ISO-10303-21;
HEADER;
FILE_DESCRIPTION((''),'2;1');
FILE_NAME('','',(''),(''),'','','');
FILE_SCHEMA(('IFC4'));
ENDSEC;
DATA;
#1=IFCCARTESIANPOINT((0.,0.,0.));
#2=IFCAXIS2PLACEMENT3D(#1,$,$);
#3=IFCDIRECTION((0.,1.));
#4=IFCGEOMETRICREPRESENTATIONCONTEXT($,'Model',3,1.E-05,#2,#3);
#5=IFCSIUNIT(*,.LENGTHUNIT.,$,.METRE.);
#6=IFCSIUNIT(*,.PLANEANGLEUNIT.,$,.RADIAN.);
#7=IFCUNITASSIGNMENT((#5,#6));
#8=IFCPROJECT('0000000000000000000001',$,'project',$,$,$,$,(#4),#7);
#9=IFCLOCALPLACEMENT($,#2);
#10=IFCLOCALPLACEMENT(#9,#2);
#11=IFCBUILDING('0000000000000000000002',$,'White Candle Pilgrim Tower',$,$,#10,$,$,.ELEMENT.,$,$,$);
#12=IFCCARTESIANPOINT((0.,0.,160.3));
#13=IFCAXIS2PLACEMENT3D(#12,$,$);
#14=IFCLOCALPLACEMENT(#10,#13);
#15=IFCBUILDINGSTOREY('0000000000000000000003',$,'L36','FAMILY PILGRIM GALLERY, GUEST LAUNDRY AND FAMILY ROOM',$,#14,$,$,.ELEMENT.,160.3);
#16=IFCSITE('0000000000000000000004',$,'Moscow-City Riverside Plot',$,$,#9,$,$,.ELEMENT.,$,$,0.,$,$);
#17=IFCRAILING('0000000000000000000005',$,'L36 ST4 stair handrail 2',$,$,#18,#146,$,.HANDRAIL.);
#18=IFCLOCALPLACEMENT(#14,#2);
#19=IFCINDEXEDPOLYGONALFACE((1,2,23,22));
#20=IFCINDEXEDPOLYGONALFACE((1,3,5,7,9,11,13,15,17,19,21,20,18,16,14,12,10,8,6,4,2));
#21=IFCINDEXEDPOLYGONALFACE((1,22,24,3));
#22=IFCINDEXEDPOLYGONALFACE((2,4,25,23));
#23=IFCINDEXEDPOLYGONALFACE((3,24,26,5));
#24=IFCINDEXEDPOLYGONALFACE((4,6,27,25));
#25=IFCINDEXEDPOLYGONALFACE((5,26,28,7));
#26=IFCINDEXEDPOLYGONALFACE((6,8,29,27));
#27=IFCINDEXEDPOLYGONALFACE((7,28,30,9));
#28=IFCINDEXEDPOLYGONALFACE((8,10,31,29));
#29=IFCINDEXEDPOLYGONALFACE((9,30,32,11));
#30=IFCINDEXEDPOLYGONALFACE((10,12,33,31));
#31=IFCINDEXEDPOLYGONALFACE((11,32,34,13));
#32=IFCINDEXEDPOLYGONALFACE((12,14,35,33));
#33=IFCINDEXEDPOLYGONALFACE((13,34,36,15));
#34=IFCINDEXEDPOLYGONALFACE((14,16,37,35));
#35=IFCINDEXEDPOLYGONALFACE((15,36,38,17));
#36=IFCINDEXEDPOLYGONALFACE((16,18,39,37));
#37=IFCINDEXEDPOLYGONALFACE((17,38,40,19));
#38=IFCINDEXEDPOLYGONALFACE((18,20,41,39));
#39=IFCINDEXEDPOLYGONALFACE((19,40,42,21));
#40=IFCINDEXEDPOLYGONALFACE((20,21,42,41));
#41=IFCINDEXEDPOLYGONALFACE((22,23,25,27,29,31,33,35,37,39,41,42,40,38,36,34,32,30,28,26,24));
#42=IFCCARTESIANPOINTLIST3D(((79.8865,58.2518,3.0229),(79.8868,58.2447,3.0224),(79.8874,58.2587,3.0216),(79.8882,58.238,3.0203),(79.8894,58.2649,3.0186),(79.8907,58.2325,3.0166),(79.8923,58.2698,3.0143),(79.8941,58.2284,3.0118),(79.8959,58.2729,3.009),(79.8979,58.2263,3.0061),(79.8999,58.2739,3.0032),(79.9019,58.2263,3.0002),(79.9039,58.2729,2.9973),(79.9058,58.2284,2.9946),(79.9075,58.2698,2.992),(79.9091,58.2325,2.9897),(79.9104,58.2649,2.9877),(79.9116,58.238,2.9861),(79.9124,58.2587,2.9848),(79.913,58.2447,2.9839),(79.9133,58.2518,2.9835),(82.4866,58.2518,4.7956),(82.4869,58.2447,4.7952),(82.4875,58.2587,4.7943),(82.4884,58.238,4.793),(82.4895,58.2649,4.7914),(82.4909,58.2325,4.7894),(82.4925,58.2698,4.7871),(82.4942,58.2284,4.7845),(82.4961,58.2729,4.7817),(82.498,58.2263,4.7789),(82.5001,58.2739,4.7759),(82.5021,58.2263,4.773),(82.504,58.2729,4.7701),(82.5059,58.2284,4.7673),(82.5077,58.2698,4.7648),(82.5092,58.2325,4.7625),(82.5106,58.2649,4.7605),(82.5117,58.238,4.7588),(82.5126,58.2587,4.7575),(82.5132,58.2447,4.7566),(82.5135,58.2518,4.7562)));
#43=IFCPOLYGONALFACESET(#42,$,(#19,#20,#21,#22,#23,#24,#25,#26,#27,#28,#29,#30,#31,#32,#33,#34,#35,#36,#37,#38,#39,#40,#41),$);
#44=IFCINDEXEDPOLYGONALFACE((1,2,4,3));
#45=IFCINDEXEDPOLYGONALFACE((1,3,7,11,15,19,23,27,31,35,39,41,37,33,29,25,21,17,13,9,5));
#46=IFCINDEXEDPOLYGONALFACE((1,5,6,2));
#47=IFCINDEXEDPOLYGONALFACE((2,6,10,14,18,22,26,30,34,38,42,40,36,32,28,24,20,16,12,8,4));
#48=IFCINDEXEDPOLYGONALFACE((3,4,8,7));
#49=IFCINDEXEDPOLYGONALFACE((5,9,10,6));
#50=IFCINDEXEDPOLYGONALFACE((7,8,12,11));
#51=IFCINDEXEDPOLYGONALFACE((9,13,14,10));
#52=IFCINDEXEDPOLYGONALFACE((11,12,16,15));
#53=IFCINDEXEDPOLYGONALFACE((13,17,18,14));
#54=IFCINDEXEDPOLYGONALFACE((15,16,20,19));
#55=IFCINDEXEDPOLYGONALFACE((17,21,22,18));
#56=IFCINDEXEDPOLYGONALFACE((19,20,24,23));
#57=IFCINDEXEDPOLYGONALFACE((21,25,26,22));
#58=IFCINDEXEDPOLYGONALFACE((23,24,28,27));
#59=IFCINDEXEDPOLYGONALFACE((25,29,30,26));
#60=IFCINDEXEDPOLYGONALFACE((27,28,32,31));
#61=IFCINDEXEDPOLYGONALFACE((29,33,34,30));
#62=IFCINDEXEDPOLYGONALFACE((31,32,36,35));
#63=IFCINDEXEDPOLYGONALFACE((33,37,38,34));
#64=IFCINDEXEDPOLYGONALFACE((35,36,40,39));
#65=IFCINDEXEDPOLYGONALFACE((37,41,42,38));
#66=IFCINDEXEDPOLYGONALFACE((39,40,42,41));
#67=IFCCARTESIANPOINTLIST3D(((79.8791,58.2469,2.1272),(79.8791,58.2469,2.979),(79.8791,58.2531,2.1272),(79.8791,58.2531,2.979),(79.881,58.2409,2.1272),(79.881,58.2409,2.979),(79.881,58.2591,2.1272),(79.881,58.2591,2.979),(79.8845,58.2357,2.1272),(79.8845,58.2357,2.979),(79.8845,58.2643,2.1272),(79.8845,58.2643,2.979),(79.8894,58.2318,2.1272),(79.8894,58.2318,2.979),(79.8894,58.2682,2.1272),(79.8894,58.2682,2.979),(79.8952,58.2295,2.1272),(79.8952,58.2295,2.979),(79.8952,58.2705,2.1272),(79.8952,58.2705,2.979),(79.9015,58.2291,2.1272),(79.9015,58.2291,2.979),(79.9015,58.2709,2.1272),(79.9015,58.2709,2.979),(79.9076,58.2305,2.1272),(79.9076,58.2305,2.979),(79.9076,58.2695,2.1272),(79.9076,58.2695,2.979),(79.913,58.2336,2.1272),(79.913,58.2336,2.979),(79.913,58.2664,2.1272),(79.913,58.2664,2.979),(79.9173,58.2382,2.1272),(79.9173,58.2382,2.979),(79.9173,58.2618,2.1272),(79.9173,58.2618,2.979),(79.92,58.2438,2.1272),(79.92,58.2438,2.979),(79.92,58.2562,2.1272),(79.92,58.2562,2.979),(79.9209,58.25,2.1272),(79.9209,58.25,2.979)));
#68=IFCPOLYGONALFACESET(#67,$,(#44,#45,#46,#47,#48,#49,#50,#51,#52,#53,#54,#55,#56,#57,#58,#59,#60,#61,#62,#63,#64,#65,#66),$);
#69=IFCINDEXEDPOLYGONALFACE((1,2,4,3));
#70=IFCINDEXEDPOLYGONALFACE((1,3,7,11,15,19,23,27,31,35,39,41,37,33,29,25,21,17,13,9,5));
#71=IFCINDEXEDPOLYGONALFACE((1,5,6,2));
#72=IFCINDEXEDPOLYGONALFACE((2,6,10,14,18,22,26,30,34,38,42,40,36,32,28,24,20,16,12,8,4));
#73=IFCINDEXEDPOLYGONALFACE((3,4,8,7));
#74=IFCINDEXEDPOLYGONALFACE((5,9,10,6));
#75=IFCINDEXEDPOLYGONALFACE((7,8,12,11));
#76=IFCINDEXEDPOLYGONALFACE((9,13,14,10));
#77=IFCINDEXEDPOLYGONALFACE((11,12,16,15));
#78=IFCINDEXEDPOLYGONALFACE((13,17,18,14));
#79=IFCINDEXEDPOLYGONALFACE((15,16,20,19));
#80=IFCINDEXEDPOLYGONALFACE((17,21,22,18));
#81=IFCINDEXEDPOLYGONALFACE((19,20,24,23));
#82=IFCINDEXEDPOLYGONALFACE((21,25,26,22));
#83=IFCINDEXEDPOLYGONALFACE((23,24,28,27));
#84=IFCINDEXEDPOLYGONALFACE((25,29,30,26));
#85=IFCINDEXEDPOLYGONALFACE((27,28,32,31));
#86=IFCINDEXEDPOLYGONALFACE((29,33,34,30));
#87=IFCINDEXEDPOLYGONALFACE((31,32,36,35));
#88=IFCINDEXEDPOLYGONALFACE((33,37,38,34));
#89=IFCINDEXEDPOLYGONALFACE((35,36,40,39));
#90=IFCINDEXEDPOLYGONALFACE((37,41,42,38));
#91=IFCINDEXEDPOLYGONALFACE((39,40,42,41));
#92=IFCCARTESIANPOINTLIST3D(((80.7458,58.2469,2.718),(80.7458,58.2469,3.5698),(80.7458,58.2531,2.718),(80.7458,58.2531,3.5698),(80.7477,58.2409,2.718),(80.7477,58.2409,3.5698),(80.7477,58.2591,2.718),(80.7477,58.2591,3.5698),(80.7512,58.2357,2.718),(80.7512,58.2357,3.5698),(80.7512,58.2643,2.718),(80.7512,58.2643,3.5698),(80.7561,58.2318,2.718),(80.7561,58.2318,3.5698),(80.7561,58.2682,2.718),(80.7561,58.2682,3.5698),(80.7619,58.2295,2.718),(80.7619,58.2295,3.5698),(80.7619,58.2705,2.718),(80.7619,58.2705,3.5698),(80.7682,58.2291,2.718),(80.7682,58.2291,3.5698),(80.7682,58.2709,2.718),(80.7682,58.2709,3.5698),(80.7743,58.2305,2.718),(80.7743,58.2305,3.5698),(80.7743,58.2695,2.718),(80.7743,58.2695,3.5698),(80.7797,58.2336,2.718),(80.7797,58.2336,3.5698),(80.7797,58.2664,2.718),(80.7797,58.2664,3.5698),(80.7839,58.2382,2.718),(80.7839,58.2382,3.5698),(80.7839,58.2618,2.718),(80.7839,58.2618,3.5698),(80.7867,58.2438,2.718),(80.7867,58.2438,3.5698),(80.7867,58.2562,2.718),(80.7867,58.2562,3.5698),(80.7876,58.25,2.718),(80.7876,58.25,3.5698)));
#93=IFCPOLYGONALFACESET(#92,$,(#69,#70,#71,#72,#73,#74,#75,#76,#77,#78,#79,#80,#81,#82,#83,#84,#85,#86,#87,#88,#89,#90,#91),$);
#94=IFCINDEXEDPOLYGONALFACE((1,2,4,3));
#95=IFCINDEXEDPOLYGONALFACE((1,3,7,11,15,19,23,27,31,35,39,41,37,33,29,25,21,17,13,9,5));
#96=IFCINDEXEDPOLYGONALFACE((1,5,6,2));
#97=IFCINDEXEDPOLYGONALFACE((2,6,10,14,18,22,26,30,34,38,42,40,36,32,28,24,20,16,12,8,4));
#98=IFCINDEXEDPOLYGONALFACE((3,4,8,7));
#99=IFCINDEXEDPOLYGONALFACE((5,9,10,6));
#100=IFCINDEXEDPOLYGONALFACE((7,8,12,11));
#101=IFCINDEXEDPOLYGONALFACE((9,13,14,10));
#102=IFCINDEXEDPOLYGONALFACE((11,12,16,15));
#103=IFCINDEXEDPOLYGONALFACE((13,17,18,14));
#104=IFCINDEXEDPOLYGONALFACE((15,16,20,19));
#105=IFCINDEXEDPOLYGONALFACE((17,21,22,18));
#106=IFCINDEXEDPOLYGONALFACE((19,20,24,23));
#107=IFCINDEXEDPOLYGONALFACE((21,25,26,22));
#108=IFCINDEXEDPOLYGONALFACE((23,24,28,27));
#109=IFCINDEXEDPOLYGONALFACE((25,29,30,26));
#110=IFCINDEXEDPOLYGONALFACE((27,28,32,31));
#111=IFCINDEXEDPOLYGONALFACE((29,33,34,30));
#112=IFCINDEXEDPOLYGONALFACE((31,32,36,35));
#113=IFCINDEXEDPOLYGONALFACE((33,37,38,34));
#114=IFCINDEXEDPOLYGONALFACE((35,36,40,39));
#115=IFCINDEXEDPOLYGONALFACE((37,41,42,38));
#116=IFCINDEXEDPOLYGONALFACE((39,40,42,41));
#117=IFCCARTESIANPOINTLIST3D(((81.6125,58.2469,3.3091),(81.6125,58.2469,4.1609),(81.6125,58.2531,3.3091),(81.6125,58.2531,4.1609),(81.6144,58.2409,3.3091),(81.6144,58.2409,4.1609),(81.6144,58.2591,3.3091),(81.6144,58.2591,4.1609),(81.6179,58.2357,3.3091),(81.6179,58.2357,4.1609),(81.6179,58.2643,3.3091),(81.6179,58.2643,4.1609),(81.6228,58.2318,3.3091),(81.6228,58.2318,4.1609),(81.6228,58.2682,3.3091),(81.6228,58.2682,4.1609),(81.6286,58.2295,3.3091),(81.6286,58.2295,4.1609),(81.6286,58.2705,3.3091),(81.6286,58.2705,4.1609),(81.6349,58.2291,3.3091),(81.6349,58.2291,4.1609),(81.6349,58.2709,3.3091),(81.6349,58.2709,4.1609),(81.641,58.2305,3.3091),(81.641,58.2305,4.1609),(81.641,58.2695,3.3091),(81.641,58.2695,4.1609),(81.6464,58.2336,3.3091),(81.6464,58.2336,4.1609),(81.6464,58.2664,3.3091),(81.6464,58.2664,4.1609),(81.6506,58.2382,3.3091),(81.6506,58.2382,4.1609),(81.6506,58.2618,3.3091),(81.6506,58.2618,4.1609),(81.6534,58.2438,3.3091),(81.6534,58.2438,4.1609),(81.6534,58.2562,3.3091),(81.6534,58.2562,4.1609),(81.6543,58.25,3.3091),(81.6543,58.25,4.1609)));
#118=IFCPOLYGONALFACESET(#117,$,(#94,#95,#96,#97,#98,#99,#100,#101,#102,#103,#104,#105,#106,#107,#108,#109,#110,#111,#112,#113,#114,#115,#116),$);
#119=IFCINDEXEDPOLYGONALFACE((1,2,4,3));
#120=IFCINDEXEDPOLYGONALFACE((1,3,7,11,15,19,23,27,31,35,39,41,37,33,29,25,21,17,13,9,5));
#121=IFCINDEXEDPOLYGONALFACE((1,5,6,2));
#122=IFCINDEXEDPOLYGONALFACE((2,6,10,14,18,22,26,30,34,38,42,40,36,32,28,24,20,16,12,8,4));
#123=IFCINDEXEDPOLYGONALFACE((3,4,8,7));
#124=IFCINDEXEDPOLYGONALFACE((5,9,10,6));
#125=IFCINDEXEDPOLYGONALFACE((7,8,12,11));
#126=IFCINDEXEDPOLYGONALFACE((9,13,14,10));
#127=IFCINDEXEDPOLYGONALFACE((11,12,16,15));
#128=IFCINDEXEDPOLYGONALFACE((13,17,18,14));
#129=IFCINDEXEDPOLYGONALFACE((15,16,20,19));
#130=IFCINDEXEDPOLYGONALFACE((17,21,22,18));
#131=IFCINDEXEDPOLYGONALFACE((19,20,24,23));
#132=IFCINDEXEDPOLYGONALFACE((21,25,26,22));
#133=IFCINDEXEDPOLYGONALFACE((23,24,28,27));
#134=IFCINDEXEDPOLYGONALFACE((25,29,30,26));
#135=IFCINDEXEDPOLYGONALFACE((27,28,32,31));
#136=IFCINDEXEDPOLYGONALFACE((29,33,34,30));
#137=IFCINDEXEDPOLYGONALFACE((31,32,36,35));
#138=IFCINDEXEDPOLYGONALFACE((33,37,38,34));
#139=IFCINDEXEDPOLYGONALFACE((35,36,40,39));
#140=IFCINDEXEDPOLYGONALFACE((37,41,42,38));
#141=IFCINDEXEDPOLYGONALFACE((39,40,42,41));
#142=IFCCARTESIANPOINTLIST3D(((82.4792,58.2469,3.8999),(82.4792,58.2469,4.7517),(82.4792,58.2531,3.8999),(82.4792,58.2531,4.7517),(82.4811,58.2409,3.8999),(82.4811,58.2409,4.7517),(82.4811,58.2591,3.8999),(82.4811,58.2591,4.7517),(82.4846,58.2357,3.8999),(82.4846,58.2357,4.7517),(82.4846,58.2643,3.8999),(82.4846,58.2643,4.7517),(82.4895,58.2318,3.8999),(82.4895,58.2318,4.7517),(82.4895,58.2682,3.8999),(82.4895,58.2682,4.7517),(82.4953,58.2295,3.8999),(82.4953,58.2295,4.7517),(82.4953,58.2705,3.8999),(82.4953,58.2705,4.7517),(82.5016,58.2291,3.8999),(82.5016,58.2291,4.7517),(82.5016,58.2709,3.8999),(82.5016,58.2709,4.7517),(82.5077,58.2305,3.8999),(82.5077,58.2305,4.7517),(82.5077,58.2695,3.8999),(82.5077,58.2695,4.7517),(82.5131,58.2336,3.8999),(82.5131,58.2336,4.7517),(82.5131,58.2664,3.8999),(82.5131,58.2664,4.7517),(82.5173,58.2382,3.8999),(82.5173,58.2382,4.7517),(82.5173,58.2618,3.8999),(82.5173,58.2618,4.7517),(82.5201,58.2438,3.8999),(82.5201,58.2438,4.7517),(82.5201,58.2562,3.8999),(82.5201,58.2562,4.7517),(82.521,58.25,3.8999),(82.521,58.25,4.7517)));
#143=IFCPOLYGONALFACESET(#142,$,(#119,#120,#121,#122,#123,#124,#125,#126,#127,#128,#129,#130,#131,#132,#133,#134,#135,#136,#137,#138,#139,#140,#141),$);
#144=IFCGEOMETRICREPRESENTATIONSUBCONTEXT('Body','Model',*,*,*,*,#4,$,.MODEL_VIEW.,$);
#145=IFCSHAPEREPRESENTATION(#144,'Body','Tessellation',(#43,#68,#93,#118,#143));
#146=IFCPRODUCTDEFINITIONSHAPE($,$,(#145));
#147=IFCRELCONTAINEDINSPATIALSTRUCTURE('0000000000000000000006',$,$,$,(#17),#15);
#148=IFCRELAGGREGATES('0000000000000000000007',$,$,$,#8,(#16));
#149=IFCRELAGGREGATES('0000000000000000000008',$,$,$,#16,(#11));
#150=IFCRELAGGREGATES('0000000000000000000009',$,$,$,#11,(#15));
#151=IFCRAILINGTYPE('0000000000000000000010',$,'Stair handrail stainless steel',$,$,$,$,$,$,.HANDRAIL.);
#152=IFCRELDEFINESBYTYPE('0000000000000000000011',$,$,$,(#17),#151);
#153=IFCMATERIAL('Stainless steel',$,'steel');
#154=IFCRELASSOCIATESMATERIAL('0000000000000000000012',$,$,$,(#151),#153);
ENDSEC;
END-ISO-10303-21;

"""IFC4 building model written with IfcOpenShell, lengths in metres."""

from ifc_helpers import new_model, si_unit, direction, frame, origin, origin_2d, place, context, subcontext, project, spatial, circle, extrude, material, type_object, element, save


model = new_model("IFC4")

# Units and contexts
model_context = context("Model", 3, precision=1e-05, world=origin(), true_north=direction((0.0, 1.0)))
body_context = subcontext(model_context, "Body", "Model", "MODEL_VIEW")
ifc_project = project(units=[si_unit("LENGTHUNIT", "METRE"), si_unit("PLANEANGLEUNIT", "RADIAN")], contexts=[model_context])

# Site, building, storey
site_placement = place(None, origin())
site = spatial("IfcSite", under=ifc_project, at=site_placement, Name="Moscow-City Riverside Plot", CompositionType="ELEMENT", RefElevation=0.0)
building_placement = place(site_placement, origin())
building = spatial("IfcBuilding", under=site, at=building_placement, Name="White Candle Pilgrim Tower", CompositionType="ELEMENT")
storey_placement = place(building_placement, frame((0.0, 0.0, 160.3)))
storey = spatial("IfcBuildingStorey", under=building, at=storey_placement, Name="L36", Description="FAMILY PILGRIM GALLERY, GUEST LAUNDRY AND FAMILY ROOM", CompositionType="ELEMENT", Elevation=160.3)

# Railing
ifc_material_1 = material(Name="Stainless steel", Category="steel")
railing_type_1 = type_object("IfcRailingType", Name="Stair handrail stainless steel", PredefinedType="HANDRAIL", material=ifc_material_1)
railing_1_placement = place(storey_placement, frame((79.8999, 58.25, 2.1272)))
element("IfcRailing", 1, at=railing_1_placement, inside=storey, type_object=railing_type_1, Name="L36 ST4 stair handrail 2", PredefinedType="HANDRAIL", context=body_context, shape_type="SweptSolid", body=[
    extrude(circle(Radius=0.0239, at=origin_2d()), frame((0.0, 0.0, 0.876), z_axis=(0.82624, 0.0, 0.563318), x_axis=(0.0, 1.0, 0.0)), (0.0, 0.0, 1.0), 3.147),
    extrude(circle(Radius=0.021, at=origin_2d()), origin(), (0.0, 0.0, 1.0), 0.8518),
    extrude(circle(Radius=0.021, at=origin_2d()), frame((0.8667, 0.0, 0.5908)), (0.0, 0.0, 1.0), 0.8518),
    extrude(circle(Radius=0.021, at=origin_2d()), frame((1.7334, 0.0, 1.1819)), (0.0, 0.0, 1.0), 0.8518),
    extrude(circle(Radius=0.021, at=origin_2d()), frame((2.6001, 0.0, 1.7727)), (0.0, 0.0, 1.0), 0.8518),
])

save(model, "model.ifc")
